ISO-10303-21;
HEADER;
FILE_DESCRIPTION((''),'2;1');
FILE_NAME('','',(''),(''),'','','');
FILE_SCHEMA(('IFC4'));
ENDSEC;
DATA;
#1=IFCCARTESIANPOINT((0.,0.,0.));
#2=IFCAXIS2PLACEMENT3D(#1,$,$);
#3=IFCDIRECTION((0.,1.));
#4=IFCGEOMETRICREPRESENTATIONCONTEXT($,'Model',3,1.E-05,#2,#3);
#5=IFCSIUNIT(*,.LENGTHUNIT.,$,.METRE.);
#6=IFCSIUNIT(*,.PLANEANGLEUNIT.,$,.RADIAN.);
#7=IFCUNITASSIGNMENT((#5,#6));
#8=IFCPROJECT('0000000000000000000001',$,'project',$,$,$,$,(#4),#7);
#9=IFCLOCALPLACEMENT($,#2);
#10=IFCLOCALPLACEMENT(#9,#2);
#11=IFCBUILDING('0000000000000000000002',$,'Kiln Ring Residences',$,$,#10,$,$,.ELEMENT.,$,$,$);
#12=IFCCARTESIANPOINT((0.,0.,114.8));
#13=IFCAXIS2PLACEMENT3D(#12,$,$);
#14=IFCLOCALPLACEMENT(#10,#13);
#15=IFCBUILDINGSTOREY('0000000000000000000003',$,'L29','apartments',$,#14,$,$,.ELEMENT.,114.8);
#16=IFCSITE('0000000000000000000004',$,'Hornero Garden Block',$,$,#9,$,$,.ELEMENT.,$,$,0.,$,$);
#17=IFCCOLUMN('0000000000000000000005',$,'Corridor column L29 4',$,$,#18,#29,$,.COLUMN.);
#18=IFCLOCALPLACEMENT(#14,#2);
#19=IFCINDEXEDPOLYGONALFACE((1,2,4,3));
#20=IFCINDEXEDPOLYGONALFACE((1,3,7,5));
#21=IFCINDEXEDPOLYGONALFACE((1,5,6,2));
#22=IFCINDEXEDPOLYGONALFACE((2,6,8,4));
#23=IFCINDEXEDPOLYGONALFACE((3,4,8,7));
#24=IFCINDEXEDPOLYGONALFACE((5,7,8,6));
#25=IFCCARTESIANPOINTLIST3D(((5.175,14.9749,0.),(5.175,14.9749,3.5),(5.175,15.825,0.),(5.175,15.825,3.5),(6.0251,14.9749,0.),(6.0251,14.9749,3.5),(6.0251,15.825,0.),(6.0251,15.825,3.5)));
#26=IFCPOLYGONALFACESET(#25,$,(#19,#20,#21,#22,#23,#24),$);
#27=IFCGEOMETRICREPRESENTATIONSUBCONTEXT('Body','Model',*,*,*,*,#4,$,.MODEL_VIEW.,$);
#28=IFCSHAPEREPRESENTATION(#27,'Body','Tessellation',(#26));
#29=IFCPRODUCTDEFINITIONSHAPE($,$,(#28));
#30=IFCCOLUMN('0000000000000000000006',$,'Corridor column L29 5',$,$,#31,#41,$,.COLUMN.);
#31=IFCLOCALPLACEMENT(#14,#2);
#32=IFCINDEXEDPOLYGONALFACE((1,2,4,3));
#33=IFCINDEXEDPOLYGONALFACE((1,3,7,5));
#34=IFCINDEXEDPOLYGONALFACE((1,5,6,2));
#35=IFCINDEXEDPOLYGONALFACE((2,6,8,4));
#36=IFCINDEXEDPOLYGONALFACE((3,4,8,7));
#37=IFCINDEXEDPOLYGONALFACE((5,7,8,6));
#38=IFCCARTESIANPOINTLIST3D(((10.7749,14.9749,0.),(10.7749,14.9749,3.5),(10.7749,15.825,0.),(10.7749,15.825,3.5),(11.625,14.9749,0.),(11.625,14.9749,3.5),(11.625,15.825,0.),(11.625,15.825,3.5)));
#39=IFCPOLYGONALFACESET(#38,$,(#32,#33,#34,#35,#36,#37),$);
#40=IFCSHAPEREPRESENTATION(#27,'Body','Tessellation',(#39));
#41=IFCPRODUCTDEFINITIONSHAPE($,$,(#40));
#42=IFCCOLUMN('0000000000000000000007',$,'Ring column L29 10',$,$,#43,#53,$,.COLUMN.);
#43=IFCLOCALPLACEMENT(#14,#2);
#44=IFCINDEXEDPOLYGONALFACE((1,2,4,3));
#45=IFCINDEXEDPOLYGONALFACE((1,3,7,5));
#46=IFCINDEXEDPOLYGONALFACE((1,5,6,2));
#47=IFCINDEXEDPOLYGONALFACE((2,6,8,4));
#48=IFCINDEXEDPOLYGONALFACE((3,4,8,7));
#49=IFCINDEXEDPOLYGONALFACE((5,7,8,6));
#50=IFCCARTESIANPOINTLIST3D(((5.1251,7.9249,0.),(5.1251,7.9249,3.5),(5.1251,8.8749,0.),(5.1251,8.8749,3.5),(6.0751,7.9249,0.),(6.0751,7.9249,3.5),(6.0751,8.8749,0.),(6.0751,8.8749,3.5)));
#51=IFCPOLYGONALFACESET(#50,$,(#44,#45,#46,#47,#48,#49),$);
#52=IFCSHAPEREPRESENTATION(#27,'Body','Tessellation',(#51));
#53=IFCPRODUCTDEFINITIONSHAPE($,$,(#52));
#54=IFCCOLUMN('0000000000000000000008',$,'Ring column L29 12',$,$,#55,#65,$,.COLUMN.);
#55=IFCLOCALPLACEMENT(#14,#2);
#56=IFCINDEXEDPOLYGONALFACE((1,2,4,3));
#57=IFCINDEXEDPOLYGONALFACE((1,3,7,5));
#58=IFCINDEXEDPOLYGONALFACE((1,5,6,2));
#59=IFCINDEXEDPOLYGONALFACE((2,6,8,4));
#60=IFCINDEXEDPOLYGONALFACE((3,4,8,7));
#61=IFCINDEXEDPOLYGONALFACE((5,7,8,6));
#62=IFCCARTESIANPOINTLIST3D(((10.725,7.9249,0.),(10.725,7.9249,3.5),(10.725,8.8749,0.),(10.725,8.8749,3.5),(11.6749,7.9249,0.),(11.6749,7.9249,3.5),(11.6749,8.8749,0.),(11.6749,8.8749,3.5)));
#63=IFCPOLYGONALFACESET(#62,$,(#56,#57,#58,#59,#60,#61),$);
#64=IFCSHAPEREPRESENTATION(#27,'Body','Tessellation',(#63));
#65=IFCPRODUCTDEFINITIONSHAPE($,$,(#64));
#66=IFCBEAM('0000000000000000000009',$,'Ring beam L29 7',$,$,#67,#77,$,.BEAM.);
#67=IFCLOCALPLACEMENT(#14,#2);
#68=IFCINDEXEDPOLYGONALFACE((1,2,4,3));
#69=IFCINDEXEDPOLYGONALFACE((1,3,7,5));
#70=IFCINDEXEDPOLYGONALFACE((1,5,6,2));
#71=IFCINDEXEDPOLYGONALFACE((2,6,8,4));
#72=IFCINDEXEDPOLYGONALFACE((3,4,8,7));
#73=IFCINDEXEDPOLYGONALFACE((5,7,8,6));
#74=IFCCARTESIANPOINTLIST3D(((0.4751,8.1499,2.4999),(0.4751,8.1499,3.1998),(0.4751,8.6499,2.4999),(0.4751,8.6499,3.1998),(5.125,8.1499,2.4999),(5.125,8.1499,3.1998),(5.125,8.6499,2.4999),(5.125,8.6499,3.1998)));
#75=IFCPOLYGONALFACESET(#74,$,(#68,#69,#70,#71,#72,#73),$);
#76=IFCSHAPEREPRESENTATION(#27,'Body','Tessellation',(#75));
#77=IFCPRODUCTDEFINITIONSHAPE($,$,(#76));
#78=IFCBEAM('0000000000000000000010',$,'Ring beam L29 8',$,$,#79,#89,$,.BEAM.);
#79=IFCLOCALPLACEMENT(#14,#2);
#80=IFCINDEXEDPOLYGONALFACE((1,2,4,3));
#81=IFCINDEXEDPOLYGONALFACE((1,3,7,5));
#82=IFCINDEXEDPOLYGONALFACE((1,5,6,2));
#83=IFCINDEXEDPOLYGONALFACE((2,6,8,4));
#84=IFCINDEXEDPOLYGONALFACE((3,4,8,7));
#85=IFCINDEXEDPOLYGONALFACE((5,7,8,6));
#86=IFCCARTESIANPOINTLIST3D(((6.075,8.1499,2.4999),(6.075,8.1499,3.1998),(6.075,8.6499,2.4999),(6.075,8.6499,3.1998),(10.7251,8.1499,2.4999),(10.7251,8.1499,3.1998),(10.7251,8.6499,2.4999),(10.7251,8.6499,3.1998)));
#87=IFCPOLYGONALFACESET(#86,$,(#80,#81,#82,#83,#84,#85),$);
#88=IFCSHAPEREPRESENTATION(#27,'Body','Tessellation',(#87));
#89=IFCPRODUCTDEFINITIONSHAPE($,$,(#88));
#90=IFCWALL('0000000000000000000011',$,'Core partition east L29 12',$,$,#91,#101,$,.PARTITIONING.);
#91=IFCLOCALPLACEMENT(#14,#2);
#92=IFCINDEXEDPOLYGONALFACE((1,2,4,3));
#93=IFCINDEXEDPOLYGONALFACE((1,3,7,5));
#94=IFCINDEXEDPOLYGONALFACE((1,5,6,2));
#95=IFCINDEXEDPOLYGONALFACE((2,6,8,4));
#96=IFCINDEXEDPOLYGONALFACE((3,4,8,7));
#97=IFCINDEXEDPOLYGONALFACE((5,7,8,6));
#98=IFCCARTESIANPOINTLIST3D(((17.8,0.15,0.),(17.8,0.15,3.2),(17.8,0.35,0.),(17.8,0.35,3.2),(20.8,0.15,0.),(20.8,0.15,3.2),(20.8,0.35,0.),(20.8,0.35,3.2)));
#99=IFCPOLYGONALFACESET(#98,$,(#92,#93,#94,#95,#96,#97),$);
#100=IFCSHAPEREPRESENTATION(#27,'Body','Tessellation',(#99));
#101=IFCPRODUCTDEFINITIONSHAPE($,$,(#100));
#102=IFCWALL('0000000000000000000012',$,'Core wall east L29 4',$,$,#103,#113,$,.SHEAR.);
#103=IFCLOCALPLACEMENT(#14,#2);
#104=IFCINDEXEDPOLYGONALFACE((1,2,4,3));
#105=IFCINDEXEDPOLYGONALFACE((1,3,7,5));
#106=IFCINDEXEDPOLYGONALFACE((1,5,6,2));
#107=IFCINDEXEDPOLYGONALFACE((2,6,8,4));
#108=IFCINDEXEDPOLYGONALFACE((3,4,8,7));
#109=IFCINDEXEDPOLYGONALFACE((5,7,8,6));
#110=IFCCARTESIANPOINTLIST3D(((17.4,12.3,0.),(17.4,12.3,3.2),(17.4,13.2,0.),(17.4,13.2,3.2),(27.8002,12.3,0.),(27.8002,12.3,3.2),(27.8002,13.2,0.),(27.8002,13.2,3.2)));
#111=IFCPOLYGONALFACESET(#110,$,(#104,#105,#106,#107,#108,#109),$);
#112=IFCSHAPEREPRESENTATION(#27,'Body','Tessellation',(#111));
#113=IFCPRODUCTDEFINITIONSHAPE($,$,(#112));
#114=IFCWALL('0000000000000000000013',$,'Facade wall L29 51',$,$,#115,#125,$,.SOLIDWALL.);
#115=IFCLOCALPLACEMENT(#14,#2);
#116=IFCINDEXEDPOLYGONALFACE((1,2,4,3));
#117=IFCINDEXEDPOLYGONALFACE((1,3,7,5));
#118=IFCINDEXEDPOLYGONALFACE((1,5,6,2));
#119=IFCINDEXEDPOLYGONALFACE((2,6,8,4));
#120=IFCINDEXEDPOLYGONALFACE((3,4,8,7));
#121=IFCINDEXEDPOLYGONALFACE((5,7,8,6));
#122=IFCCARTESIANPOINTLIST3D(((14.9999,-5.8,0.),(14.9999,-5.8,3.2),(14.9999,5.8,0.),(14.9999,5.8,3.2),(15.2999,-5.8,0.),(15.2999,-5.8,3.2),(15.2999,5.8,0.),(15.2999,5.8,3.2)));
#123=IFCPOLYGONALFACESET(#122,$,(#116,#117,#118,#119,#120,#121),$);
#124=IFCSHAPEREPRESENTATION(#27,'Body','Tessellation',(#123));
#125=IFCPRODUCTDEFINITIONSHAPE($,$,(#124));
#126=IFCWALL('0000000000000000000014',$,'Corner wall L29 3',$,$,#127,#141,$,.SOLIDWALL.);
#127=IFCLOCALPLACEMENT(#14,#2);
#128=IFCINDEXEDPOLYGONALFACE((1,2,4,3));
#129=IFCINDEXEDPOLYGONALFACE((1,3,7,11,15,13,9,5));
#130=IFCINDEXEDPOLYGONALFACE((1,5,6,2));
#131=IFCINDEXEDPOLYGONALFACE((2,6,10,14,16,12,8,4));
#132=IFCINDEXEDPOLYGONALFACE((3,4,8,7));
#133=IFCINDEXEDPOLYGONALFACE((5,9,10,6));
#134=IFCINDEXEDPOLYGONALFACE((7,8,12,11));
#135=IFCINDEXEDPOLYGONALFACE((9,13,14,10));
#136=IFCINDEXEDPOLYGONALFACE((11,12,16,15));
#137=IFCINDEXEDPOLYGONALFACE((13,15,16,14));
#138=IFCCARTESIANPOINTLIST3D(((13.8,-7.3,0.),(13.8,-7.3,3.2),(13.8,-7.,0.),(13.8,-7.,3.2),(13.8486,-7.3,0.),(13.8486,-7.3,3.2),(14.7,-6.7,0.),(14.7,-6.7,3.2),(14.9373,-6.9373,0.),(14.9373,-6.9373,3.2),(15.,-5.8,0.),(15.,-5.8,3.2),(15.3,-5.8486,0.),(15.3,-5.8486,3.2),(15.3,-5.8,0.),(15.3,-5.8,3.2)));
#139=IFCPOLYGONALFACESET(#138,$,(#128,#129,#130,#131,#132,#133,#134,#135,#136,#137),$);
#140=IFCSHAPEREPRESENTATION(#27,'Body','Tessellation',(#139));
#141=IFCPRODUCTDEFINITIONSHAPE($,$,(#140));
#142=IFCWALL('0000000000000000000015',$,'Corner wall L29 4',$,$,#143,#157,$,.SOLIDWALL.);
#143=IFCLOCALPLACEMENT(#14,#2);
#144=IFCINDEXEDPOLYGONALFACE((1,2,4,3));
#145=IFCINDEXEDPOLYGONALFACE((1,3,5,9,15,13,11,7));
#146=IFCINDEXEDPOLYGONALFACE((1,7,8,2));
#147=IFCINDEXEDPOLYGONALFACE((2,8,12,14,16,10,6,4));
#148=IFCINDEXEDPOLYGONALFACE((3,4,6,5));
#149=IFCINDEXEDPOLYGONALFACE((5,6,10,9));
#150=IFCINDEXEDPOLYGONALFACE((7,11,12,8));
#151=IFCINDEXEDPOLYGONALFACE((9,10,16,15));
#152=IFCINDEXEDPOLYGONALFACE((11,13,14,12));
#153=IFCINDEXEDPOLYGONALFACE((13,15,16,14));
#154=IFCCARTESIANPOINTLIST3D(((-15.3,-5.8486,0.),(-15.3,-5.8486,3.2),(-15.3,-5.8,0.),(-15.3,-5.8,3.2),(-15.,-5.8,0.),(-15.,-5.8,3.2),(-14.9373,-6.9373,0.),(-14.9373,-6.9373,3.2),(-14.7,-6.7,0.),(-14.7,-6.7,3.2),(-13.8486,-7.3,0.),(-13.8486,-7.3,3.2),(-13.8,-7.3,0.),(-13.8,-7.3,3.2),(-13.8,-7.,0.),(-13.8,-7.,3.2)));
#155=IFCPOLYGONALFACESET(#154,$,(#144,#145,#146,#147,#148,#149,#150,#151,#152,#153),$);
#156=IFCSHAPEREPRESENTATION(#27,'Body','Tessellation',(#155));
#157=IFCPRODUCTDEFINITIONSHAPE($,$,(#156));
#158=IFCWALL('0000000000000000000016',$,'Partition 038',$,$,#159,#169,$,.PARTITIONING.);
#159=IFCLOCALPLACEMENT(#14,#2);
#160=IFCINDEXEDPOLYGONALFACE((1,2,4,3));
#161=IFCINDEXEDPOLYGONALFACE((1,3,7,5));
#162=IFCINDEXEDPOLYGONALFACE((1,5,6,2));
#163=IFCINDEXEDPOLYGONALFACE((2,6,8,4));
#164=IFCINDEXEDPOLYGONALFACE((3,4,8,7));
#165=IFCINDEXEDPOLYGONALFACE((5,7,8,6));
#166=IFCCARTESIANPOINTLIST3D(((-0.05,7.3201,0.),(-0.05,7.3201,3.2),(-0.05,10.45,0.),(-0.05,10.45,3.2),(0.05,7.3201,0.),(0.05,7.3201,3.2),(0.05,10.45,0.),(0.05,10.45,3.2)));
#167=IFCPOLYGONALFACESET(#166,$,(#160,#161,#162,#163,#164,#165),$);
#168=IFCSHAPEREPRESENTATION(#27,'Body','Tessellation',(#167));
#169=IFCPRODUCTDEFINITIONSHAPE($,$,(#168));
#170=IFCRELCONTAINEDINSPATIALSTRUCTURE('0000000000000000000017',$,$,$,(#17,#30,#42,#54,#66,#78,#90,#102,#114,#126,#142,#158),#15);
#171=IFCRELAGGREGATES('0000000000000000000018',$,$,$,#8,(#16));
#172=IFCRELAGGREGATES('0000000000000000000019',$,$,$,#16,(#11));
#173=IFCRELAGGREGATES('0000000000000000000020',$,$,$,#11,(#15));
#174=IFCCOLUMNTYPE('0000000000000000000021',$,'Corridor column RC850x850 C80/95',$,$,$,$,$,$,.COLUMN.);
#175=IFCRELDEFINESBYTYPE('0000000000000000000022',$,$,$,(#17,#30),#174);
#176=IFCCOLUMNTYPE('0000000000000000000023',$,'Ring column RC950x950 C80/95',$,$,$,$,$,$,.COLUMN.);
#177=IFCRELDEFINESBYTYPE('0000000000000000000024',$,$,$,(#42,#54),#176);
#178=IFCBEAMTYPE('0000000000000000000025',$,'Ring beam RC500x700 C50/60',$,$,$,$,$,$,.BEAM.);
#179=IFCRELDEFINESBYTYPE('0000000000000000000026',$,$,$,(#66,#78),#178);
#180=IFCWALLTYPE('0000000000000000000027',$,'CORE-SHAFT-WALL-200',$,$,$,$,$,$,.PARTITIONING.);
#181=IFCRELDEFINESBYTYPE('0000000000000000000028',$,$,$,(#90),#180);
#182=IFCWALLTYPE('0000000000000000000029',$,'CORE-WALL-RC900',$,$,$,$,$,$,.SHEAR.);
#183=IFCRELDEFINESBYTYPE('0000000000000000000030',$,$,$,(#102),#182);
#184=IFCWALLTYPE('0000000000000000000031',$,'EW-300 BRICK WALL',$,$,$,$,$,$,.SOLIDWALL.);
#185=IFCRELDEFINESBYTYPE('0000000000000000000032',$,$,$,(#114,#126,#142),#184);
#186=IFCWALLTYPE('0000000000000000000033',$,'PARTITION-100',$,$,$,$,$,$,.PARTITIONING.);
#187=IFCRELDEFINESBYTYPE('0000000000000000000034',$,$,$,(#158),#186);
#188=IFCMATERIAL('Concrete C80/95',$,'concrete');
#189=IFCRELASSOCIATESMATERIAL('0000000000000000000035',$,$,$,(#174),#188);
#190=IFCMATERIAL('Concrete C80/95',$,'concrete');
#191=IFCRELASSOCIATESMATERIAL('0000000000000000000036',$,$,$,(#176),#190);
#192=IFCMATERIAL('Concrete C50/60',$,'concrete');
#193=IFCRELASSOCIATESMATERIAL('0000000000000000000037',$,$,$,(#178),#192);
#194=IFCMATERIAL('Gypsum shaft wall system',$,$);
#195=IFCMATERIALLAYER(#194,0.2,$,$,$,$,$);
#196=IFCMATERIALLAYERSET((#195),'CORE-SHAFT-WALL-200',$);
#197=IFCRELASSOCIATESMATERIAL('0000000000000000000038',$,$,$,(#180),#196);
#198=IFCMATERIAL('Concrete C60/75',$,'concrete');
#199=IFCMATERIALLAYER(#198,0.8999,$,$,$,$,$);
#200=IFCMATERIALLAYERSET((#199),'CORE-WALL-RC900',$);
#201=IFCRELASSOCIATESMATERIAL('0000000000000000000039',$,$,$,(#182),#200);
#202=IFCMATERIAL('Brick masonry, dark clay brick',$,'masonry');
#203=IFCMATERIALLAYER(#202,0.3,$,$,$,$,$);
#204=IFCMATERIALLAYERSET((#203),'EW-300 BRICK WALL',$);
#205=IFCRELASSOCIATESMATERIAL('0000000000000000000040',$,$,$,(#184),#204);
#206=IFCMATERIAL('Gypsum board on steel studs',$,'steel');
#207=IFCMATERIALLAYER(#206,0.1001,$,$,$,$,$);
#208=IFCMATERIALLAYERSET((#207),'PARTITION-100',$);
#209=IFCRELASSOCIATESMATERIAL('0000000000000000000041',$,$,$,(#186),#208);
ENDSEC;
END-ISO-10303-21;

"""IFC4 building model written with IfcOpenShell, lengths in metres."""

from ifc_helpers import new_model, si_unit, direction, frame, frame_2d, origin, origin_2d, place, context, subcontext, project, spatial, polyline, rectangle, outline, extrude, material, layer, layer_set, material_profile, profile_set, type_object, element, save


model = new_model("IFC4")

# Units and contexts
model_context = context("Model", 3, precision=1e-05, world=origin(), true_north=direction((0.0, 1.0)))
body_context = subcontext(model_context, "Body", "Model", "MODEL_VIEW")
ifc_project = project(units=[si_unit("LENGTHUNIT", "METRE"), si_unit("PLANEANGLEUNIT", "RADIAN")], contexts=[model_context])

# Site, building, storey
site_placement = place(None, origin())
site = spatial("IfcSite", under=ifc_project, at=site_placement, Name="Hornero Garden Block", CompositionType="ELEMENT", RefElevation=0.0)
building_placement = place(site_placement, origin())
building = spatial("IfcBuilding", under=site, at=building_placement, Name="Kiln Ring Residences", CompositionType="ELEMENT")
storey_placement = place(building_placement, frame((0.0, 0.0, 114.8)))
storey = spatial("IfcBuildingStorey", under=building, at=storey_placement, Name="L29", Description="apartments", CompositionType="ELEMENT", Elevation=114.8)

# Columns
ifc_material_1 = material(Name="Concrete C80/95", Category="concrete")
ifc_material_profile_1 = material_profile(ifc_material_1, rectangle(XDim=0.8501, YDim=0.8501, at=origin_2d()), Name="RC850x850")
ifc_profile_set_1 = profile_set([ifc_material_profile_1], Name="Concrete C80/95")
column_type_1 = type_object("IfcColumnType", Name="Corridor column RC850x850 C80/95", PredefinedType="COLUMN", material=ifc_profile_set_1)
for number, where, z_axis, x_axis, name in (
    (1, (5.6001, 15.3999, 0.0), (0.0, 0.0, 1.0), (1.0, 0.0, 0.0), "Corridor column L29 4"),
    (2, (11.2, 15.3999, 0.0), (0.0, 0.0, 1.0), (1.0, 0.0, 0.0), "Corridor column L29 5"),
):
    element("IfcColumn", number, at=place(storey_placement, frame(where, z_axis=z_axis, x_axis=x_axis)), inside=storey, type_object=column_type_1, Name=name, PredefinedType="COLUMN", context=body_context, shape_type="SweptSolid", body=[
        extrude(rectangle(XDim=0.8501, YDim=0.8501, at=origin_2d()), origin(), (0.0, 0.0, 1.0), 3.5),
    ])
ifc_material_2 = material(Name="Concrete C80/95", Category="concrete")
ifc_material_profile_2 = material_profile(ifc_material_2, rectangle(XDim=0.95, YDim=0.95, at=origin_2d()), Name="RC950x950")
ifc_profile_set_2 = profile_set([ifc_material_profile_2], Name="Concrete C80/95")
column_type_2 = type_object("IfcColumnType", Name="Ring column RC950x950 C80/95", PredefinedType="COLUMN", material=ifc_profile_set_2)
for number, where, z_axis, x_axis, name in (
    (3, (5.6001, 8.3999, 0.0), (0.0, 0.0, 1.0), (1.0, 0.0, 0.0), "Ring column L29 10"),
    (4, (11.2, 8.3999, 0.0), (0.0, 0.0, 1.0), (1.0, 0.0, 0.0), "Ring column L29 12"),
):
    element("IfcColumn", number, at=place(storey_placement, frame(where, z_axis=z_axis, x_axis=x_axis)), inside=storey, type_object=column_type_2, Name=name, PredefinedType="COLUMN", context=body_context, shape_type="SweptSolid", body=[
        extrude(rectangle(XDim=0.95, YDim=0.95, at=origin_2d()), origin(), (0.0, 0.0, 1.0), 3.5),
    ])

# Beams
ifc_material_3 = material(Name="Concrete C50/60", Category="concrete")
ifc_material_profile_3 = material_profile(ifc_material_3, rectangle(XDim=0.5, YDim=0.7, at=origin_2d()), Name="RC500x700")
ifc_profile_set_3 = profile_set([ifc_material_profile_3], Name="Concrete C50/60")
beam_type = type_object("IfcBeamType", Name="Ring beam RC500x700 C50/60", PredefinedType="BEAM", material=ifc_profile_set_3)
beam_1_placement = place(storey_placement, frame((0.4751, 8.3999, 2.8499), z_axis=(1.0, 0.0, 0.0), x_axis=(0.0, 1.0, 0.0)))
element("IfcBeam", 5, at=beam_1_placement, inside=storey, type_object=beam_type, Name="Ring beam L29 7", PredefinedType="BEAM", context=body_context, shape_type="SweptSolid", body=[
    extrude(rectangle(XDim=0.5, YDim=0.7, at=origin_2d()), origin(), (0.0, 0.0, 1.0), 4.6499),
])
beam_2_placement = place(storey_placement, frame((6.075, 8.3999, 2.8499), z_axis=(1.0, 0.0, 0.0), x_axis=(0.0, 1.0, 0.0)))
element("IfcBeam", 6, at=beam_2_placement, inside=storey, type_object=beam_type, Name="Ring beam L29 8", PredefinedType="BEAM", context=body_context, shape_type="SweptSolid", body=[
    extrude(rectangle(XDim=0.5, YDim=0.7, at=origin_2d()), origin(), (0.0, 0.0, 1.0), 4.6501),
])

# Walls
ifc_material_4 = material(Name="Gypsum shaft wall system")
ifc_layer_1 = layer(ifc_material_4, 0.2)
ifc_layer_set_1 = layer_set([ifc_layer_1], Name="CORE-SHAFT-WALL-200")
wall_type_1 = type_object("IfcWallType", Name="CORE-SHAFT-WALL-200", PredefinedType="PARTITIONING", material=ifc_layer_set_1)
wall_1_placement = place(storey_placement, frame((17.8, 0.25, 0.0), z_axis=(0.0, 0.0, 1.0), x_axis=(1.0, 0.0, 0.0)))
element("IfcWall", 7, at=wall_1_placement, inside=storey, type_object=wall_type_1, Name="Core partition east L29 12", PredefinedType="PARTITIONING", context=body_context, shape_type="SweptSolid", body=[
    extrude(rectangle(XDim=3.0, YDim=0.2, at=frame_2d((1.5, 0.0))), origin(), (0.0, 0.0, 1.0), 3.2),
])
ifc_material_5 = material(Name="Concrete C60/75", Category="concrete")
ifc_layer_2 = layer(ifc_material_5, 0.8999)
ifc_layer_set_2 = layer_set([ifc_layer_2], Name="CORE-WALL-RC900")
wall_type_2 = type_object("IfcWallType", Name="CORE-WALL-RC900", PredefinedType="SHEAR", material=ifc_layer_set_2)
wall_2_placement = place(storey_placement, frame((17.3999, 12.75, 0.0), z_axis=(0.0, 0.0, 1.0), x_axis=(1.0, 0.0, 0.0)))
element("IfcWall", 8, at=wall_2_placement, inside=storey, type_object=wall_type_2, Name="Core wall east L29 4", PredefinedType="SHEAR", context=body_context, shape_type="SweptSolid", body=[
    extrude(rectangle(XDim=10.4001, YDim=0.8999, at=frame_2d((5.2002, 0.0))), origin(), (0.0, 0.0, 1.0), 3.2),
])
ifc_material_6 = material(Name="Brick masonry, dark clay brick", Category="masonry")
ifc_layer_3 = layer(ifc_material_6, 0.3)
ifc_layer_set_3 = layer_set([ifc_layer_3], Name="EW-300 BRICK WALL")
wall_type_3 = type_object("IfcWallType", Name="EW-300 BRICK WALL", PredefinedType="SOLIDWALL", material=ifc_layer_set_3)
wall_3_placement = place(storey_placement, frame((15.1499, 5.8, 0.0), z_axis=(0.0, 0.0, 1.0), x_axis=(0.0, -1.0, 0.0)))
element("IfcWall", 9, at=wall_3_placement, inside=storey, type_object=wall_type_3, Name="Facade wall L29 51", PredefinedType="SOLIDWALL", context=body_context, shape_type="SweptSolid", body=[
    extrude(rectangle(XDim=11.6001, YDim=0.3, at=frame_2d((5.8, 0.0))), origin(), (0.0, 0.0, 1.0), 3.2),
])
placement = place(storey_placement, origin())
element("IfcWall", 10, at=placement, inside=storey, type_object=wall_type_3, Name="Corner wall L29 3", PredefinedType="SOLIDWALL", context=body_context, shape_type="SweptSolid", body=[
    extrude(outline(polyline([(14.9373, -6.9373), (15.3, -5.8486), (15.3, -5.8), (15.0, -5.8), (14.7, -6.7), (13.8, -7.0), (13.8, -7.3), (13.8486, -7.3), (14.9373, -6.9373)])), origin(), (0.0, 0.0, 1.0), 3.2),
])
element("IfcWall", 11, at=placement, inside=storey, type_object=wall_type_3, Name="Corner wall L29 4", PredefinedType="SOLIDWALL", context=body_context, shape_type="SweptSolid", body=[
    extrude(outline(polyline([(-14.9373, -6.9373), (-13.8486, -7.3), (-13.8, -7.3), (-13.8, -7.0), (-14.7, -6.7), (-15.0, -5.8), (-15.3, -5.8), (-15.3, -5.8486), (-14.9373, -6.9373)])), origin(), (0.0, 0.0, 1.0), 3.2),
])
ifc_material_7 = material(Name="Gypsum board on steel studs", Category="steel")
ifc_layer_4 = layer(ifc_material_7, 0.1001)
ifc_layer_set_4 = layer_set([ifc_layer_4], Name="PARTITION-100")
wall_type_4 = type_object("IfcWallType", Name="PARTITION-100", PredefinedType="PARTITIONING", material=ifc_layer_set_4)
wall_4_placement = place(storey_placement, frame((0.0, 7.3201, 0.0), z_axis=(0.0, 0.0, 1.0), x_axis=(0.0, 1.0, 0.0)))
element("IfcWall", 12, at=wall_4_placement, inside=storey, type_object=wall_type_4, Name="Partition 038", PredefinedType="PARTITIONING", context=body_context, shape_type="SweptSolid", body=[
    extrude(rectangle(XDim=3.1299, YDim=0.1001, at=frame_2d((1.5649, 0.0))), origin(), (0.0, 0.0, 1.0), 3.2),
])

save(model, "model.ifc")
